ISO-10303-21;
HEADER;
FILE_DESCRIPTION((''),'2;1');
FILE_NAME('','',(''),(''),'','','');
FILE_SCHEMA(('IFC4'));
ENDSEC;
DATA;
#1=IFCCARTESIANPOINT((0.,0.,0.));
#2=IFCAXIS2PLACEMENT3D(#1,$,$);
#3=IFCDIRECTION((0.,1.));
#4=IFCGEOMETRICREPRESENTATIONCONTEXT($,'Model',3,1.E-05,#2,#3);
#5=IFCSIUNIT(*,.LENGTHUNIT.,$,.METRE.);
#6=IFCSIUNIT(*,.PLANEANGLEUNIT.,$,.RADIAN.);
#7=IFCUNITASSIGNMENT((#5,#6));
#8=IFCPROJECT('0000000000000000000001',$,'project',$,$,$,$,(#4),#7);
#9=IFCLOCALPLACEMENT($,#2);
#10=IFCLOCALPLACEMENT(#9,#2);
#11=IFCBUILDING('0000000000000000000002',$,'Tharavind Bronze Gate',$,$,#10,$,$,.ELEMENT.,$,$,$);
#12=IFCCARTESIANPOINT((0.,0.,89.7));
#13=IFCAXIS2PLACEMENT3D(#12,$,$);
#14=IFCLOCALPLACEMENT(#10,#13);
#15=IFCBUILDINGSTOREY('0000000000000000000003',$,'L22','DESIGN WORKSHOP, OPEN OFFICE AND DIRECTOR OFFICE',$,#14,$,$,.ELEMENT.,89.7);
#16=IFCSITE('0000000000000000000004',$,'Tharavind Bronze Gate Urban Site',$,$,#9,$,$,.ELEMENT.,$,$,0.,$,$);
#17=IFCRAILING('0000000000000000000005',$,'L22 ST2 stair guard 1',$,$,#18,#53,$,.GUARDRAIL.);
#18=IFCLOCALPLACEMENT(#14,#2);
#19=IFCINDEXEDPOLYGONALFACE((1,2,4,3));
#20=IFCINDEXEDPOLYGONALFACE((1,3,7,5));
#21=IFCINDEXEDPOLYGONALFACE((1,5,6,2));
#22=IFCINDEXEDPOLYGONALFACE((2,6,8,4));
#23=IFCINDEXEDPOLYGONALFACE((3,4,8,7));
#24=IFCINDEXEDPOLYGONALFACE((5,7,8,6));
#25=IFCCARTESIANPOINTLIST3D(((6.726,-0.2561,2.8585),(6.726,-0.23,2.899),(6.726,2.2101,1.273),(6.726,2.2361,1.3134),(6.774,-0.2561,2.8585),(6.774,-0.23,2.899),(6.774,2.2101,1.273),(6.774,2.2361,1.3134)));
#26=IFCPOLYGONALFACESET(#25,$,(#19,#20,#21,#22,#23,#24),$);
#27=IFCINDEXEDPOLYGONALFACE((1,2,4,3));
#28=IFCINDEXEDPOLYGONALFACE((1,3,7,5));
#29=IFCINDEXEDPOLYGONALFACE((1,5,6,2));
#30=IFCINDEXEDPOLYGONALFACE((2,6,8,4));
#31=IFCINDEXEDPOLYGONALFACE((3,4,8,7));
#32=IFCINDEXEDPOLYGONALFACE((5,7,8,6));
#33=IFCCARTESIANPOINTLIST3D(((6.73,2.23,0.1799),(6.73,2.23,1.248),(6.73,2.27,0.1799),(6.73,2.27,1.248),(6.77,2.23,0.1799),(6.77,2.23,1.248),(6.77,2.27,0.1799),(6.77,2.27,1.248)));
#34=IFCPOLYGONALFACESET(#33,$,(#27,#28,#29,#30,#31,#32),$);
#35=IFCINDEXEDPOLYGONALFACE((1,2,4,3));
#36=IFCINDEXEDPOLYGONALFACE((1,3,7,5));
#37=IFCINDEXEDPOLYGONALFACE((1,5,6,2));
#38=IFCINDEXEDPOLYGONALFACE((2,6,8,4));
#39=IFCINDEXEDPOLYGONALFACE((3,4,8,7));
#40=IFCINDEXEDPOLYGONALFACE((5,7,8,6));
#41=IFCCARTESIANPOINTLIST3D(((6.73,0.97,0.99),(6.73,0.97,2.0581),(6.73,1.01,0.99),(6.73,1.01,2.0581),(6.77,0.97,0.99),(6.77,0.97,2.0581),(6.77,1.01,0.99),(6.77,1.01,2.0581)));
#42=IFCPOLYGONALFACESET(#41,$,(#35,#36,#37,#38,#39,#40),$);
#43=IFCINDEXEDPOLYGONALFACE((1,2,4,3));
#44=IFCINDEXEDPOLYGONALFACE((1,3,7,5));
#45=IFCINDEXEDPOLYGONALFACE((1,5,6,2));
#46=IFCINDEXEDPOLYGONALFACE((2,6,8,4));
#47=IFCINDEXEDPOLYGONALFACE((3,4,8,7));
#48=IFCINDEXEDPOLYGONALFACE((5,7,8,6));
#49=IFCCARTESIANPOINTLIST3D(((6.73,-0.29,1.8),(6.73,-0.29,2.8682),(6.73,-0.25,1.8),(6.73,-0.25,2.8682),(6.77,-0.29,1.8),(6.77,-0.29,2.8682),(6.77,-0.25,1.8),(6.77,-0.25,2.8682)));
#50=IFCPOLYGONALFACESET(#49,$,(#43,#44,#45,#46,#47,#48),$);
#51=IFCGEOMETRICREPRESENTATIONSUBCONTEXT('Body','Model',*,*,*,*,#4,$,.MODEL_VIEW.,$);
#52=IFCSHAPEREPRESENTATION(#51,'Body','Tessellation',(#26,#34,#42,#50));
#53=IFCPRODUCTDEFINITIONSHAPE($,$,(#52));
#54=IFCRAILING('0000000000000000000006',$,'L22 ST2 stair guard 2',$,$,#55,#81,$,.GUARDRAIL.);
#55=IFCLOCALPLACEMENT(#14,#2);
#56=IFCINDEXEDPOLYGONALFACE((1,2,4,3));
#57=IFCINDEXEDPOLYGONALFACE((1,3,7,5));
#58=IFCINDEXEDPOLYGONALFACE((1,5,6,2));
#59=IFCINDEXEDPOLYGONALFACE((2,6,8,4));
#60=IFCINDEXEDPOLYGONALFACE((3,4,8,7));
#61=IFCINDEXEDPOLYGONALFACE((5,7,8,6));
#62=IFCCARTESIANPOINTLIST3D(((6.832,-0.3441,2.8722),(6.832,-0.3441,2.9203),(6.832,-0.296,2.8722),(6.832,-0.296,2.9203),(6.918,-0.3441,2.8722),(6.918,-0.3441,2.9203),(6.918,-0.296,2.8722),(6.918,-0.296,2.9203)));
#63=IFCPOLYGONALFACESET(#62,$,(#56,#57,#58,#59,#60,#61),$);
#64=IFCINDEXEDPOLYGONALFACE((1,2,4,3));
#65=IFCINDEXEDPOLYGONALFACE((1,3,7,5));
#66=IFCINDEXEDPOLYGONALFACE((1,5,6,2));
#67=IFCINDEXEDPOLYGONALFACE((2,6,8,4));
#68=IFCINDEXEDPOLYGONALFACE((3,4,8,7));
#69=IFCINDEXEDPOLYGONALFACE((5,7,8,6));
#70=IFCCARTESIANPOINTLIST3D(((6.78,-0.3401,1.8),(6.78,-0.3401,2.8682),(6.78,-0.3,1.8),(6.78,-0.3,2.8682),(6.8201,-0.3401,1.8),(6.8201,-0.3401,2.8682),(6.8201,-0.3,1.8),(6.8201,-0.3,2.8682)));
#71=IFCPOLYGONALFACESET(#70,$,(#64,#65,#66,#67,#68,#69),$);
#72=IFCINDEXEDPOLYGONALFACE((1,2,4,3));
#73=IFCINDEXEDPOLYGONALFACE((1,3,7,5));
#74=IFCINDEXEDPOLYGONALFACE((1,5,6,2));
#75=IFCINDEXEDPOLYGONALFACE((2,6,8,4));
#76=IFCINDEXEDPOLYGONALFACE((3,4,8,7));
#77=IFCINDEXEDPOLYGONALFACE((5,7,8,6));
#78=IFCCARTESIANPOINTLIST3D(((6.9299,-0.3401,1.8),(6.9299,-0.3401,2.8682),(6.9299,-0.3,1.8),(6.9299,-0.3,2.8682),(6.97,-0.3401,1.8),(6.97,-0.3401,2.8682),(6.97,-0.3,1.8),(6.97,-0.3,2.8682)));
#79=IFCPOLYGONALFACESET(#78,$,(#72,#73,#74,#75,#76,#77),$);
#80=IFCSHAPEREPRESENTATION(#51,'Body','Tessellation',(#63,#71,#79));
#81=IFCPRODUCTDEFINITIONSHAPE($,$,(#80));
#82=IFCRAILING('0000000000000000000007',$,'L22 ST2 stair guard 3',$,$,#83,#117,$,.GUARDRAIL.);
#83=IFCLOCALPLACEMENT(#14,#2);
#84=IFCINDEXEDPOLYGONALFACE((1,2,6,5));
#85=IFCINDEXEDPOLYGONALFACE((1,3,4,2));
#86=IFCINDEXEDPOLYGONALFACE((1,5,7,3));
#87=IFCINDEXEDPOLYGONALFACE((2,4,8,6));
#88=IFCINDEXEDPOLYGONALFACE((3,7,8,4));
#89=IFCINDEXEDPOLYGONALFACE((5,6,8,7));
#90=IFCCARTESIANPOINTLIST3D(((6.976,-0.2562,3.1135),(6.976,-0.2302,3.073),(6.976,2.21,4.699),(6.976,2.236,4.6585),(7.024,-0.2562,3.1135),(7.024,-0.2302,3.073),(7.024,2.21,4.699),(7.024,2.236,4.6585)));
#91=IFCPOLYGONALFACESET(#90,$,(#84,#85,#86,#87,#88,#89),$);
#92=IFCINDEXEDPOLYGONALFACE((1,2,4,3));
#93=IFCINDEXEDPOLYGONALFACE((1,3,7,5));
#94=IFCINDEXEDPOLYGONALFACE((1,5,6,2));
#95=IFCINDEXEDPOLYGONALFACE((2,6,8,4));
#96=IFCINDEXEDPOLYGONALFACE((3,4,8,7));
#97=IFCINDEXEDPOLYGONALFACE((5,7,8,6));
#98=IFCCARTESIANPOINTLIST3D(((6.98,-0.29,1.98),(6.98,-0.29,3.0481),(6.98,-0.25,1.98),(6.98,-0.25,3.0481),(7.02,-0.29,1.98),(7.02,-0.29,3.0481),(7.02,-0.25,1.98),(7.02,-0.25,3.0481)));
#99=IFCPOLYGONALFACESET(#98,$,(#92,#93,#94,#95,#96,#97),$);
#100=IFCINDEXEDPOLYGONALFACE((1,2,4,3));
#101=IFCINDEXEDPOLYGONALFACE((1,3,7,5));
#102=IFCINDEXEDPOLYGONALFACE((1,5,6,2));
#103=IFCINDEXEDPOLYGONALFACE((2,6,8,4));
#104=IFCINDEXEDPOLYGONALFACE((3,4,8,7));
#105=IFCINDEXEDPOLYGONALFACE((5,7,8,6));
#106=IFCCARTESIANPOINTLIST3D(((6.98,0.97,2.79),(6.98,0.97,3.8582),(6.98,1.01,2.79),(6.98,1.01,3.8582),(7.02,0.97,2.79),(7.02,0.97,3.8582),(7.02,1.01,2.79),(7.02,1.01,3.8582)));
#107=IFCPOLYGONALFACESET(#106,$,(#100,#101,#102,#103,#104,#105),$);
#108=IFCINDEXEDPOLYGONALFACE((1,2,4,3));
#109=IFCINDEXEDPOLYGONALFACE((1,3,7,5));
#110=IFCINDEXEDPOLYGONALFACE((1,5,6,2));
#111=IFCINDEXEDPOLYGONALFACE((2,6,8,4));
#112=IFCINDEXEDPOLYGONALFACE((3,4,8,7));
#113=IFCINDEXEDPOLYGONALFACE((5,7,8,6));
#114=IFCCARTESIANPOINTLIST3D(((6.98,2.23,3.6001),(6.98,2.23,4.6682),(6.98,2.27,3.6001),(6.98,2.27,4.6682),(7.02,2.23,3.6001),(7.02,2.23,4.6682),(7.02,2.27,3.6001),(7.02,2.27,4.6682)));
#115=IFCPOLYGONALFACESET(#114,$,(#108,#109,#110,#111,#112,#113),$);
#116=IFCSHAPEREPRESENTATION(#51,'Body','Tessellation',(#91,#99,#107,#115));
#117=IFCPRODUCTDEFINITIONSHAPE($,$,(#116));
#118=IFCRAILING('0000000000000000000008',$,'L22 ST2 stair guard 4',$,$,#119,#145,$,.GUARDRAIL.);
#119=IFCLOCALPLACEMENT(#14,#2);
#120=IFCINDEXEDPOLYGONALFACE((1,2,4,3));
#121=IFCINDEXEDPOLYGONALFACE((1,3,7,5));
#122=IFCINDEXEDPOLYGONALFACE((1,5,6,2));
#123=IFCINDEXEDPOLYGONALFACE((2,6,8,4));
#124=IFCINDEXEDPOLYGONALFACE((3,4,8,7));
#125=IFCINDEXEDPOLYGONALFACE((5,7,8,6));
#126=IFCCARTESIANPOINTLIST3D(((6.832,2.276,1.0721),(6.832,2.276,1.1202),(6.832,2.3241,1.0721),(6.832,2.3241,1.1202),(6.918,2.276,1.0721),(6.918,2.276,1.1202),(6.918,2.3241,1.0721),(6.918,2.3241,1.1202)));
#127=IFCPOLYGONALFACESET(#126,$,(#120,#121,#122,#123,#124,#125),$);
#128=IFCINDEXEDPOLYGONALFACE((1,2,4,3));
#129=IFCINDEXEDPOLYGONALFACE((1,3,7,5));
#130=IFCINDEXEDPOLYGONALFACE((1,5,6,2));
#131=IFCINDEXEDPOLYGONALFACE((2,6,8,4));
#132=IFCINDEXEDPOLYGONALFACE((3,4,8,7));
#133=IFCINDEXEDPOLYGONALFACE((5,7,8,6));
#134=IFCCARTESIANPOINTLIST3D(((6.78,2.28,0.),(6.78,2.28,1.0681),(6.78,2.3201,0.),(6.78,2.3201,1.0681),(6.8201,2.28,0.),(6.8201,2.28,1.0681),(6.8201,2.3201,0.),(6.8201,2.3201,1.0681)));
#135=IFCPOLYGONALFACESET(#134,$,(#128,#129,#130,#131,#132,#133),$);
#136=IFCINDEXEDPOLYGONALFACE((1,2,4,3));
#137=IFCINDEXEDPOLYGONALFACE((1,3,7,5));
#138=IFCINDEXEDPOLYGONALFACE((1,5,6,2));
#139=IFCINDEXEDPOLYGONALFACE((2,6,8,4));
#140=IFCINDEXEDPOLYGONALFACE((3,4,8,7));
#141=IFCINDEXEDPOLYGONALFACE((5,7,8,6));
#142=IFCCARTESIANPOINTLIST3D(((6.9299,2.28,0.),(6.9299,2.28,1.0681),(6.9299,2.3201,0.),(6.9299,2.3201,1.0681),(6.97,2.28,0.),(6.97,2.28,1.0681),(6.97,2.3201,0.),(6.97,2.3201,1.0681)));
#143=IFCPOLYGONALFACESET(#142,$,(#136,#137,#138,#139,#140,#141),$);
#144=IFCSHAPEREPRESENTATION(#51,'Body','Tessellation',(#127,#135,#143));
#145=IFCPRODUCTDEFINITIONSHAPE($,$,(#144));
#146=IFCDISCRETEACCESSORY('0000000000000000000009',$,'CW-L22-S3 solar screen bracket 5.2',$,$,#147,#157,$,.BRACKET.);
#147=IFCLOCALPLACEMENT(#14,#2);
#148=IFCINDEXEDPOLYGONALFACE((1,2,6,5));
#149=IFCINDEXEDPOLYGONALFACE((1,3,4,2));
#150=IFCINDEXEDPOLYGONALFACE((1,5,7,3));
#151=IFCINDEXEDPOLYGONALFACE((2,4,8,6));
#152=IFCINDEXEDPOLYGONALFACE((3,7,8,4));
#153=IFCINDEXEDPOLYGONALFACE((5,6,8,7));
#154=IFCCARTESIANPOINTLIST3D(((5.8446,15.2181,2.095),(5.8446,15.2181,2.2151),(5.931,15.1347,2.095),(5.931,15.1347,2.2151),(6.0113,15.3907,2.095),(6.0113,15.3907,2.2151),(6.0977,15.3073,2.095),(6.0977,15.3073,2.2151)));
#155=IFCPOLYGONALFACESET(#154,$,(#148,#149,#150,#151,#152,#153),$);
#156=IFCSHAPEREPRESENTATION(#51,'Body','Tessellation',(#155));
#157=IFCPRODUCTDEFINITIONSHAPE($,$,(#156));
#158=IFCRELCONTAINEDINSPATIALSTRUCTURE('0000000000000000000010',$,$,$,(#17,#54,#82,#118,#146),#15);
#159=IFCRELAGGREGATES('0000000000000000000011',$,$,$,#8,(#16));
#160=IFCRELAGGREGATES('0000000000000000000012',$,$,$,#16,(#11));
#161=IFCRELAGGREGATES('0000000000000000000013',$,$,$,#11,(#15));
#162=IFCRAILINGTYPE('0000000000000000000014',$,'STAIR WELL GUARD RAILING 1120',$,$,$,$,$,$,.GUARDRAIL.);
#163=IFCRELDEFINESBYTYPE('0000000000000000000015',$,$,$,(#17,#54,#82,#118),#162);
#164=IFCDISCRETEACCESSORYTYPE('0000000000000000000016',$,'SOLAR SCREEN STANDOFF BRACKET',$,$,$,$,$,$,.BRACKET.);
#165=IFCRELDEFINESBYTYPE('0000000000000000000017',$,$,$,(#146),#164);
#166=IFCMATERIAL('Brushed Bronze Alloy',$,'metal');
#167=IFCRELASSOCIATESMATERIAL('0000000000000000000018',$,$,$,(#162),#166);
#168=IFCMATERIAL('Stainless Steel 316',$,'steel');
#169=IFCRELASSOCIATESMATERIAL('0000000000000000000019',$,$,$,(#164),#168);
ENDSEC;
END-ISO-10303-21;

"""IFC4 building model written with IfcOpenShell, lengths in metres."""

from ifc_helpers import new_model, si_unit, direction, frame, origin, origin_2d, place, context, subcontext, project, spatial, rectangle, extrude, material, type_object, element, save


model = new_model("IFC4")

# Units and contexts
model_context = context("Model", 3, precision=1e-05, world=origin(), true_north=direction((0.0, 1.0)))
body_context = subcontext(model_context, "Body", "Model", "MODEL_VIEW")
ifc_project = project(units=[si_unit("LENGTHUNIT", "METRE"), si_unit("PLANEANGLEUNIT", "RADIAN")], contexts=[model_context])

# Site, building, storey
site_placement = place(None, origin())
site = spatial("IfcSite", under=ifc_project, at=site_placement, Name="Tharavind Bronze Gate Urban Site", CompositionType="ELEMENT", RefElevation=0.0)
building_placement = place(site_placement, origin())
building = spatial("IfcBuilding", under=site, at=building_placement, Name="Tharavind Bronze Gate", CompositionType="ELEMENT")
storey_placement = place(building_placement, frame((0.0, 0.0, 89.7)))
storey = spatial("IfcBuildingStorey", under=building, at=storey_placement, Name="L22", Description="DESIGN WORKSHOP, OPEN OFFICE AND DIRECTOR OFFICE", CompositionType="ELEMENT", Elevation=89.7)

# Railings
ifc_material_1 = material(Name="Brushed Bronze Alloy", Category="metal")
railing_type_1 = type_object("IfcRailingType", Name="STAIR WELL GUARD RAILING 1120", PredefinedType="GUARDRAIL", material=ifc_material_1)
railing_1_placement = place(storey_placement, frame((6.75, 2.25, 0.1799)))
element("IfcRailing", 1, at=railing_1_placement, inside=storey, type_object=railing_type_1, Name="L22 ST2 stair guard 1", PredefinedType="GUARDRAIL", context=body_context, shape_type="SweptSolid", body=[
    extrude(rectangle(XDim=0.0481, YDim=0.0481, at=origin_2d()), frame((0.0, -0.0269, 1.1133), z_axis=(0.0, -0.841163, 0.540782), x_axis=(1.0, 0.0, 0.0)), (0.0, 0.0, 1.0), 2.9319),
    extrude(rectangle(XDim=0.04, YDim=0.04, at=origin_2d()), origin(), (0.0, 0.0, 1.0), 1.0681),
    extrude(rectangle(XDim=0.04, YDim=0.04, at=origin_2d()), frame((0.0, -1.26, 0.8101)), (0.0, 0.0, 1.0), 1.0681),
    extrude(rectangle(XDim=0.04, YDim=0.04, at=origin_2d()), frame((0.0, -2.52, 1.6201)), (0.0, 0.0, 1.0), 1.0681),
])
railing_2_placement = place(storey_placement, frame((6.8, -0.3201, 1.8)))
element("IfcRailing", 2, at=railing_2_placement, inside=storey, type_object=railing_type_1, Name="L22 ST2 stair guard 2", PredefinedType="GUARDRAIL", context=body_context, shape_type="SweptSolid", body=[
    extrude(rectangle(XDim=0.0481, YDim=0.0481, at=origin_2d()), frame((0.032, 0.0, 1.0962), z_axis=(1.0, 0.0, 0.0), x_axis=(0.0, 1.0, 0.0)), (0.0, 0.0, 1.0), 0.0859),
    extrude(rectangle(XDim=0.04, YDim=0.04, at=origin_2d()), origin(), (0.0, 0.0, 1.0), 1.0681),
    extrude(rectangle(XDim=0.04, YDim=0.04, at=origin_2d()), frame((0.1499, 0.0, 0.0)), (0.0, 0.0, 1.0), 1.0681),
])
railing_3_placement = place(storey_placement, frame((7.0, -0.27, 1.98)))
element("IfcRailing", 3, at=railing_3_placement, inside=storey, type_object=railing_type_1, Name="L22 ST2 stair guard 3", PredefinedType="GUARDRAIL", context=body_context, shape_type="SweptSolid", body=[
    extrude(rectangle(XDim=0.0481, YDim=0.0481, at=origin_2d()), frame((0.0, 0.0269, 1.1133), z_axis=(0.0, 0.841163, 0.540782), x_axis=(-1.0, 0.0, 0.0)), (0.0, 0.0, 1.0), 2.9319),
    extrude(rectangle(XDim=0.04, YDim=0.04, at=origin_2d()), origin(), (0.0, 0.0, 1.0), 1.0681),
    extrude(rectangle(XDim=0.04, YDim=0.04, at=origin_2d()), frame((0.0, 1.26, 0.8101)), (0.0, 0.0, 1.0), 1.0681),
    extrude(rectangle(XDim=0.04, YDim=0.04, at=origin_2d()), frame((0.0, 2.52, 1.6201)), (0.0, 0.0, 1.0), 1.0681),
])
railing_4_placement = place(storey_placement, frame((6.8, 2.3, 0.0)))
element("IfcRailing", 4, at=railing_4_placement, inside=storey, type_object=railing_type_1, Name="L22 ST2 stair guard 4", PredefinedType="GUARDRAIL", context=body_context, shape_type="SweptSolid", body=[
    extrude(rectangle(XDim=0.0481, YDim=0.0481, at=origin_2d()), frame((0.032, 0.0, 1.0962), z_axis=(1.0, 0.0, 0.0), x_axis=(0.0, 1.0, 0.0)), (0.0, 0.0, 1.0), 0.0859),
    extrude(rectangle(XDim=0.04, YDim=0.04, at=origin_2d()), origin(), (0.0, 0.0, 1.0), 1.0681),
    extrude(rectangle(XDim=0.04, YDim=0.04, at=origin_2d()), frame((0.1499, 0.0, 0.0)), (0.0, 0.0, 1.0), 1.0681),
])

# Discrete accessory
ifc_material_2 = material(Name="Stainless Steel 316", Category="steel")
discrete_accessory_type = type_object("IfcDiscreteAccessoryType", Name="SOLAR SCREEN STANDOFF BRACKET", PredefinedType="BRACKET", material=ifc_material_2)
discrete_accessory_placement = place(storey_placement, frame((5.9712, 15.2627, 2.095), z_axis=(0.0, 0.0, 1.0), x_axis=(-0.719341, 0.694657, 0.0)))
element("IfcDiscreteAccessory", 5, at=discrete_accessory_placement, inside=storey, type_object=discrete_accessory_type, Name="CW-L22-S3 solar screen bracket 5.2", PredefinedType="BRACKET", context=body_context, shape_type="SweptSolid", body=[
    extrude(rectangle(XDim=0.1201, YDim=0.24, at=origin_2d()), origin(), (0.0, 0.0, 1.0), 0.1201),
])

save(model, "model.ifc")
